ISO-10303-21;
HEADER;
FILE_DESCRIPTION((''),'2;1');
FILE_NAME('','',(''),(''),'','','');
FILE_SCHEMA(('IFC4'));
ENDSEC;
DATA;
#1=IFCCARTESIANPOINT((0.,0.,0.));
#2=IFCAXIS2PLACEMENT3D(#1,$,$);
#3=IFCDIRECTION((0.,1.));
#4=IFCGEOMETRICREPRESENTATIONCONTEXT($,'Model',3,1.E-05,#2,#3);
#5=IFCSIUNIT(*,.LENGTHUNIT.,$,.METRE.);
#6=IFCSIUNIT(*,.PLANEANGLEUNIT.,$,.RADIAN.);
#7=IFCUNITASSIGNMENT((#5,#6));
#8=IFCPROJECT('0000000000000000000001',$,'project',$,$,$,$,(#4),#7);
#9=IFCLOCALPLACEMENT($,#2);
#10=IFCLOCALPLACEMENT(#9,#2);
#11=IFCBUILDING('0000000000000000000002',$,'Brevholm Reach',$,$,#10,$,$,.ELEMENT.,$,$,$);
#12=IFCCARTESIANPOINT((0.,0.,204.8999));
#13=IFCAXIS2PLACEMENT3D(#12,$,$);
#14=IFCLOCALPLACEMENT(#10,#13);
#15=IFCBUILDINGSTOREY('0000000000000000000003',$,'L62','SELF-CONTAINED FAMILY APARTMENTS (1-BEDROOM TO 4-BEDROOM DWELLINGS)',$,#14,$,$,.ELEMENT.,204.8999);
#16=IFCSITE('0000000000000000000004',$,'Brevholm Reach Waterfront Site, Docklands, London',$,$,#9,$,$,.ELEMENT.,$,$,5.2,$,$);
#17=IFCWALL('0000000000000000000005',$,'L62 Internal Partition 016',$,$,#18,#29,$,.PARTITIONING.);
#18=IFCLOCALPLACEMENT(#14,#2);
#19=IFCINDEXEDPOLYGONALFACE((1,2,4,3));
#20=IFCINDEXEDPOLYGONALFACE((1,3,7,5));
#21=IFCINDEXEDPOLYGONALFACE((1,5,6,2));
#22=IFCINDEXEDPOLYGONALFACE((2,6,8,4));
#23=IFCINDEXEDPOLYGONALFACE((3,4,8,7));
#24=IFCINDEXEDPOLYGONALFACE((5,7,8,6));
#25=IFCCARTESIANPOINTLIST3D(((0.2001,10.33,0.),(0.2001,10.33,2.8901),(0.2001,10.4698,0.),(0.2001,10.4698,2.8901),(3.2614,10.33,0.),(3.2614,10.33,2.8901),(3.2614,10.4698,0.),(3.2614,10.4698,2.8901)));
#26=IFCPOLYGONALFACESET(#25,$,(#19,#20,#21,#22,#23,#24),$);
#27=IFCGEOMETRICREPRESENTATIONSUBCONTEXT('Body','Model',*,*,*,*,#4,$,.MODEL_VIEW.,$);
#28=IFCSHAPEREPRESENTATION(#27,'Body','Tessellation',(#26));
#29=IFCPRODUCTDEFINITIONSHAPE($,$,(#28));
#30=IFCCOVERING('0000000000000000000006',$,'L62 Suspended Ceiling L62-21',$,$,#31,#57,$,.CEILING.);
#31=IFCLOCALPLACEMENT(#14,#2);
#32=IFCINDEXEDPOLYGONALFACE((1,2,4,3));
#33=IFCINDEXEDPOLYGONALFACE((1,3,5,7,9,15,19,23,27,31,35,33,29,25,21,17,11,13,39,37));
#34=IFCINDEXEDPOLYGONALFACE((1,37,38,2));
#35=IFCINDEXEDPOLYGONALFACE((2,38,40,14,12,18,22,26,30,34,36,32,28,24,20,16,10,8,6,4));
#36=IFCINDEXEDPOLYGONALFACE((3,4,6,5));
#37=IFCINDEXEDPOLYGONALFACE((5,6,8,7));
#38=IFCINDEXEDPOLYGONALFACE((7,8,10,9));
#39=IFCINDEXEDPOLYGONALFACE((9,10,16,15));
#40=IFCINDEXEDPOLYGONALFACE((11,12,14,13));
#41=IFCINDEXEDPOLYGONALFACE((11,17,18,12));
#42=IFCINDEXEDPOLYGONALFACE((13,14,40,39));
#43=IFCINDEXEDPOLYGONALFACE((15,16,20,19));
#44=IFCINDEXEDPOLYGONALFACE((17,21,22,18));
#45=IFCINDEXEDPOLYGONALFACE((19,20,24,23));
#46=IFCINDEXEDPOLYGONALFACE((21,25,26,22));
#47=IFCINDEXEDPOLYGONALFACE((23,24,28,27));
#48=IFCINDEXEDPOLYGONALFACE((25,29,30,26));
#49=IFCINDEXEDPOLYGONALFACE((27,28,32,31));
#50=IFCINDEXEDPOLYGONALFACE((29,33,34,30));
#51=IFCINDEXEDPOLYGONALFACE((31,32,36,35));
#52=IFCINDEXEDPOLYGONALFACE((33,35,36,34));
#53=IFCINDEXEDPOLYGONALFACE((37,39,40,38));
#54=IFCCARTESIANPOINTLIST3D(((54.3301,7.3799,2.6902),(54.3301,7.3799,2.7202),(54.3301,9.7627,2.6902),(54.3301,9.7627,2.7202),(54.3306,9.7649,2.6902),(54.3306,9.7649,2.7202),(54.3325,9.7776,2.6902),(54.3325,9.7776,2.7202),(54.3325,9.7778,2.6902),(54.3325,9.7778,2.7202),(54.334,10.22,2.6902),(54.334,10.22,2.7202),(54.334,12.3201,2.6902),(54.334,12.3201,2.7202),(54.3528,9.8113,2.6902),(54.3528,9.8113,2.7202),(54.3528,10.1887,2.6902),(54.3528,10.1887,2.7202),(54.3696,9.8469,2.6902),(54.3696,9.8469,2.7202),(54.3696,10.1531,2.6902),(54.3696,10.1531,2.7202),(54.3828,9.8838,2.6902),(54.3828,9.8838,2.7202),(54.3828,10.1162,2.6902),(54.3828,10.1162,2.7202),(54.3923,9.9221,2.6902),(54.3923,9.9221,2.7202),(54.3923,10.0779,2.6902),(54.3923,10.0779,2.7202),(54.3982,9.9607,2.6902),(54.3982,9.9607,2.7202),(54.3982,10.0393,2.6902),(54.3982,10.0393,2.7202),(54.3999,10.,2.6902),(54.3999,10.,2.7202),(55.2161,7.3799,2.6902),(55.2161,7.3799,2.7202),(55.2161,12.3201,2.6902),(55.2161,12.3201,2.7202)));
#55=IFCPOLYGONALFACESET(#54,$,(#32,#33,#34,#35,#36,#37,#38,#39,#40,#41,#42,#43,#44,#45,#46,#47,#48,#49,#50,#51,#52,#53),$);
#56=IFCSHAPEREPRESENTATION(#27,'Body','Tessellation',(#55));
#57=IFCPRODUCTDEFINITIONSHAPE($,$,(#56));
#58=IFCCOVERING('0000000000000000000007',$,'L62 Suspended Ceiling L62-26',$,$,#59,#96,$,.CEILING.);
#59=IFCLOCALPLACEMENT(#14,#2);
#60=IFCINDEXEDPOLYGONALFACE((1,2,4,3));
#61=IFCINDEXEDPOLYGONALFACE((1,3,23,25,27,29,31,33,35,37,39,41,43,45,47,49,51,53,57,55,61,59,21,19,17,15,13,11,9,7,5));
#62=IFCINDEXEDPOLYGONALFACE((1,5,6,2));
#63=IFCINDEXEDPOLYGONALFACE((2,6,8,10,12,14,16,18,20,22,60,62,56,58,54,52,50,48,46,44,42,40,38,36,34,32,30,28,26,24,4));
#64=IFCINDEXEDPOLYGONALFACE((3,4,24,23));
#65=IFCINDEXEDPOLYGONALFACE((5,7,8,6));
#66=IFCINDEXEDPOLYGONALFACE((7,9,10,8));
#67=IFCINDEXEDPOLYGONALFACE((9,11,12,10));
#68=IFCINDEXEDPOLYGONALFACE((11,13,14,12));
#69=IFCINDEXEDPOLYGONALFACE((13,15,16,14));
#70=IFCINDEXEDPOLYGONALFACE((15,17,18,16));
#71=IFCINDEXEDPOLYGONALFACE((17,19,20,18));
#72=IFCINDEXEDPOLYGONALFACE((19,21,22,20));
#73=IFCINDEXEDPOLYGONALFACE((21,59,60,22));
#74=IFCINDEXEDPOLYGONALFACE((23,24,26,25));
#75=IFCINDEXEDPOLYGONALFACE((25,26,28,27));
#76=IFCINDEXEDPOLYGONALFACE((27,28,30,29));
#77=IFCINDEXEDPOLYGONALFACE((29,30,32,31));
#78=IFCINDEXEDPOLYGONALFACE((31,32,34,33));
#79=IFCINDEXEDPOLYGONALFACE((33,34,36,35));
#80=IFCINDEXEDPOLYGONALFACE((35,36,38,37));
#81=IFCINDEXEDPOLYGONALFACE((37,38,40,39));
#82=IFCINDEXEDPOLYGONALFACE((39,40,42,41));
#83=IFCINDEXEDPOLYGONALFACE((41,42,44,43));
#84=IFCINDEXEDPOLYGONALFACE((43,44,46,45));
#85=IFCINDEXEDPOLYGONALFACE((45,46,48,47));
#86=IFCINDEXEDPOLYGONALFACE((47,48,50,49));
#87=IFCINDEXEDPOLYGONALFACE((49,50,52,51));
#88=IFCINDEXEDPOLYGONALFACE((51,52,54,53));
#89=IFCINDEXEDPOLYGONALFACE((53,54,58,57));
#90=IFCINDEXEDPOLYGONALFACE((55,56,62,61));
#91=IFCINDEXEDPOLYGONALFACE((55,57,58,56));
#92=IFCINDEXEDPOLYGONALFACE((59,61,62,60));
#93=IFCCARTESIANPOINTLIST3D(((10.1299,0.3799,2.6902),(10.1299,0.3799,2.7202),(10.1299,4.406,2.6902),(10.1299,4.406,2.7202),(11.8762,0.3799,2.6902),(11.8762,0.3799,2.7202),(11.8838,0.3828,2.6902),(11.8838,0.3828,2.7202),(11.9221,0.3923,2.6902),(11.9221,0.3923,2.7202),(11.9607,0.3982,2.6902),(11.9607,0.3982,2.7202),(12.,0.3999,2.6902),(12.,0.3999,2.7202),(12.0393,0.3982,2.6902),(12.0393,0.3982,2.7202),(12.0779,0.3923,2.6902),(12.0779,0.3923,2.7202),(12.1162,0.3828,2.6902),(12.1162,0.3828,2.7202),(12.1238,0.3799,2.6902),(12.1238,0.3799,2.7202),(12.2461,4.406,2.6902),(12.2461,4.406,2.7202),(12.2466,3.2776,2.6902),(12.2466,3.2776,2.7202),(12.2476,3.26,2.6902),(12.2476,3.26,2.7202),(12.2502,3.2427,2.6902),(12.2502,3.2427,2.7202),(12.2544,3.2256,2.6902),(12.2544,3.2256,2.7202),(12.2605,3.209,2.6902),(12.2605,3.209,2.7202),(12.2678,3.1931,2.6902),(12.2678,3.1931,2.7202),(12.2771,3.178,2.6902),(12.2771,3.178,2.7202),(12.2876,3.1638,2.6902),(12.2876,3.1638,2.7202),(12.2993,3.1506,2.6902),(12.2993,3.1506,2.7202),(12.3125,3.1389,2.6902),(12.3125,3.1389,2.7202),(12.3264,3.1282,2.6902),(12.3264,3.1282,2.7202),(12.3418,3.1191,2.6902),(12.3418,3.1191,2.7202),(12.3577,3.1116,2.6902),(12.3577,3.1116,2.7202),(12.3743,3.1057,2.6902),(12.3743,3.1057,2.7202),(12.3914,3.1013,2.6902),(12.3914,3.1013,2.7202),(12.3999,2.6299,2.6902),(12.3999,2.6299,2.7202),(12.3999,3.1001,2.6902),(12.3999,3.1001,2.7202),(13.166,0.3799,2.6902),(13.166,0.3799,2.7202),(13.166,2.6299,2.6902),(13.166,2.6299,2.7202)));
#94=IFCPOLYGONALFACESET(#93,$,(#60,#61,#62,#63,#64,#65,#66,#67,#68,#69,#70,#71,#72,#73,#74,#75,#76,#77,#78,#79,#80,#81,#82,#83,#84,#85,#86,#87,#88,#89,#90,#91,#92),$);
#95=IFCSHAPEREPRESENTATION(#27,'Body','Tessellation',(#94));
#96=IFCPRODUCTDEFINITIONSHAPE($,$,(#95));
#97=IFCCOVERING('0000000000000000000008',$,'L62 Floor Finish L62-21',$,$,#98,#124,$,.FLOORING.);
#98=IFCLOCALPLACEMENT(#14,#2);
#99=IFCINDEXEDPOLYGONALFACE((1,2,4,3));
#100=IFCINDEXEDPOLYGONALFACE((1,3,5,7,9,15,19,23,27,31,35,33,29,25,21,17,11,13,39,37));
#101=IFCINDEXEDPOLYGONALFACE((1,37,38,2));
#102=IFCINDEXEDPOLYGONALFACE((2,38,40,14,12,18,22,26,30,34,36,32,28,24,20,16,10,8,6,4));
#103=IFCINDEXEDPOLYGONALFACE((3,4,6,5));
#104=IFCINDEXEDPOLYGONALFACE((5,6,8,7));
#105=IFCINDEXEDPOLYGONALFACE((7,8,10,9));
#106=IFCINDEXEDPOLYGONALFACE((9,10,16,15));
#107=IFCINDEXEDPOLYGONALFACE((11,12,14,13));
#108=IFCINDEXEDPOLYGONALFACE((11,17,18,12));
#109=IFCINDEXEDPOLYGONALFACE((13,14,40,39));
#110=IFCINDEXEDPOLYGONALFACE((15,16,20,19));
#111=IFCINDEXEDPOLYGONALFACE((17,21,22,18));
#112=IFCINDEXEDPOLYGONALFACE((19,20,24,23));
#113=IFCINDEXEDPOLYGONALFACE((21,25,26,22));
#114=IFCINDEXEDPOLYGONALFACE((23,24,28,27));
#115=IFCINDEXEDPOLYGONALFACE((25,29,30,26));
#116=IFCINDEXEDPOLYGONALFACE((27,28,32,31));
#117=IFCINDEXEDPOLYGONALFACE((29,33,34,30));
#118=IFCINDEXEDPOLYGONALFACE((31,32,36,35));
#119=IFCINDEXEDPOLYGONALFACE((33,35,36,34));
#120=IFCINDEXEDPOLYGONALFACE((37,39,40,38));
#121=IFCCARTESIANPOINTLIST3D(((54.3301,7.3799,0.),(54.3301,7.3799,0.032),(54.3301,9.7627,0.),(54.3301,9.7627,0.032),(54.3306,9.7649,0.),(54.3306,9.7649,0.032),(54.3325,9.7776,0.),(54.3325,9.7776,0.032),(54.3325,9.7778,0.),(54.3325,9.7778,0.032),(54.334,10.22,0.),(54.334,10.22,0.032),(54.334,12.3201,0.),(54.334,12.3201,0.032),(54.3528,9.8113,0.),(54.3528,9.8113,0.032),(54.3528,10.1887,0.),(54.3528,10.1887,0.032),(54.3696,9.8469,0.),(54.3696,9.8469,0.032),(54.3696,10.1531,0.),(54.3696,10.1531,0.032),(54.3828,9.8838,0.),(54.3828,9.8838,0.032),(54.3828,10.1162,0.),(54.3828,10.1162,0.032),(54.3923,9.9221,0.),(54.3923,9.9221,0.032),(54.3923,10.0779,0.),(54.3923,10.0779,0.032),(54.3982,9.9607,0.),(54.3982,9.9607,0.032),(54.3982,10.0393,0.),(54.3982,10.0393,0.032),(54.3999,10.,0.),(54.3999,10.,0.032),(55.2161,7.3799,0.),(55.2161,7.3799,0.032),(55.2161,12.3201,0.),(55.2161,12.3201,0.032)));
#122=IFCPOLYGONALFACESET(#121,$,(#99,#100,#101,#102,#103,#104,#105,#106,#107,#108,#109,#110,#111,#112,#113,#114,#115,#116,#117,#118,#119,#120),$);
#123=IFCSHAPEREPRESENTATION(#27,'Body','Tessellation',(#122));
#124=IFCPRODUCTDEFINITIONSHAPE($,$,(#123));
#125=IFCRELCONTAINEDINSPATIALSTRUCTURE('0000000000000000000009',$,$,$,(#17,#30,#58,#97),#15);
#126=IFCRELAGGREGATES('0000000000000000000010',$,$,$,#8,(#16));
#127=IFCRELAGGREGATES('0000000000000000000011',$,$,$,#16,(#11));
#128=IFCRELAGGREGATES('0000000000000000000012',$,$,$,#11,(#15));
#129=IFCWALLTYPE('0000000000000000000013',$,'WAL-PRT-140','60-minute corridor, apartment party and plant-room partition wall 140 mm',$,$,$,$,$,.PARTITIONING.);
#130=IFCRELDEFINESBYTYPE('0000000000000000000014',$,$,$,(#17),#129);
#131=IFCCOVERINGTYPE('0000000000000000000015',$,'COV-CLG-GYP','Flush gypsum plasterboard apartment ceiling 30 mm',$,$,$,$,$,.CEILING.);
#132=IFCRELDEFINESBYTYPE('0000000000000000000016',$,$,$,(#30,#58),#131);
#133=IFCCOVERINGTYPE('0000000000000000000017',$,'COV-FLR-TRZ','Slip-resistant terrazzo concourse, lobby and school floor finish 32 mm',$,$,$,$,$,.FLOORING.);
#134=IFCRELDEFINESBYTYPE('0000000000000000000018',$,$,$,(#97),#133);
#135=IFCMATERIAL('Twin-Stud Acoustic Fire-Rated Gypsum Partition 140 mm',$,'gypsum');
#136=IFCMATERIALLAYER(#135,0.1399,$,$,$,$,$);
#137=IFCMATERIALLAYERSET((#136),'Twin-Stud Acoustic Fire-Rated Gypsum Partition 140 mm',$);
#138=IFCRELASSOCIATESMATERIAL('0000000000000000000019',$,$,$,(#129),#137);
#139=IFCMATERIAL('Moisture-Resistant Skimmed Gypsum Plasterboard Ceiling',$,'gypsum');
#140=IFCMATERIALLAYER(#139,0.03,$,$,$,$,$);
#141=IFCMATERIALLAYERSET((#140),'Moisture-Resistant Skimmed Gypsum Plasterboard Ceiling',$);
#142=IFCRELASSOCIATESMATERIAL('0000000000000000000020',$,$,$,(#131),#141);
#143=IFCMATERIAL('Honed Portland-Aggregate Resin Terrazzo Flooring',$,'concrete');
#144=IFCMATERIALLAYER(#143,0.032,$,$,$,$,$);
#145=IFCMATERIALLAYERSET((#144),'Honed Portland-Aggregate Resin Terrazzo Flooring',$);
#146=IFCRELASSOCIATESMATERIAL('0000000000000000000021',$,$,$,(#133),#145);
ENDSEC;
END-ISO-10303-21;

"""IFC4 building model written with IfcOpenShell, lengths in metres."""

from ifc_helpers import new_model, si_unit, direction, frame, frame_2d, origin, place, context, subcontext, project, spatial, polyline, rectangle, outline, extrude, material, layer, layer_set, type_object, element, save


model = new_model("IFC4")

# Units and contexts
model_context = context("Model", 3, precision=1e-05, world=origin(), true_north=direction((0.0, 1.0)))
body_context = subcontext(model_context, "Body", "Model", "MODEL_VIEW")
ifc_project = project(units=[si_unit("LENGTHUNIT", "METRE"), si_unit("PLANEANGLEUNIT", "RADIAN")], contexts=[model_context])

# Site, building, storey
site_placement = place(None, origin())
site = spatial("IfcSite", under=ifc_project, at=site_placement, Name="Brevholm Reach Waterfront Site, Docklands, London", CompositionType="ELEMENT", RefElevation=5.2)
building_placement = place(site_placement, origin())
building = spatial("IfcBuilding", under=site, at=building_placement, Name="Brevholm Reach", CompositionType="ELEMENT")
storey_placement = place(building_placement, frame((0.0, 0.0, 204.8999)))
storey = spatial("IfcBuildingStorey", under=building, at=storey_placement, Name="L62", Description="SELF-CONTAINED FAMILY APARTMENTS (1-BEDROOM TO 4-BEDROOM DWELLINGS)", CompositionType="ELEMENT", Elevation=204.8999)

# Wall
ifc_material_1 = material(Name="Twin-Stud Acoustic Fire-Rated Gypsum Partition 140 mm", Category="gypsum")
ifc_layer_1 = layer(ifc_material_1, 0.1399)
ifc_layer_set_1 = layer_set([ifc_layer_1], Name="Twin-Stud Acoustic Fire-Rated Gypsum Partition 140 mm")
wall_type_1 = type_object("IfcWallType", Name="WAL-PRT-140", Description="60-minute corridor, apartment party and plant-room partition wall 140 mm", PredefinedType="PARTITIONING", material=ifc_layer_set_1)
wall_1_placement = place(storey_placement, frame((0.2, 10.3999, 0.0), z_axis=(0.0, 0.0, 1.0), x_axis=(1.0, 0.0, 0.0)))
element("IfcWall", 1, at=wall_1_placement, inside=storey, type_object=wall_type_1, Name="L62 Internal Partition 016", PredefinedType="PARTITIONING", context=body_context, shape_type="SweptSolid", body=[
    extrude(rectangle(XDim=3.0613, YDim=0.1399, at=frame_2d((1.5308, 0.0))), origin(), (0.0, 0.0, 1.0), 2.8901),
])

# Coverings
ifc_material_2 = material(Name="Moisture-Resistant Skimmed Gypsum Plasterboard Ceiling", Category="gypsum")
ifc_layer_2 = layer(ifc_material_2, 0.03)
ifc_layer_set_2 = layer_set([ifc_layer_2], Name="Moisture-Resistant Skimmed Gypsum Plasterboard Ceiling")
covering_type_1 = type_object("IfcCoveringType", Name="COV-CLG-GYP", Description="Flush gypsum plasterboard apartment ceiling 30 mm", PredefinedType="CEILING", material=ifc_layer_set_2)
covering_1_placement = place(storey_placement, frame((0.0, 0.0, 2.6902)))
element("IfcCovering", 2, at=covering_1_placement, inside=storey, type_object=covering_type_1, Name="L62 Suspended Ceiling L62-21", PredefinedType="CEILING", context=body_context, shape_type="SweptSolid", body=[
    extrude(outline(polyline([(54.3301, 9.7627), (54.3306, 9.7649), (54.3325, 9.7776), (54.3325, 9.7778), (54.3528, 9.8113), (54.3696, 9.8469), (54.3828, 9.8838), (54.3923, 9.9221), (54.3982, 9.9607), (54.3999, 10.0), (54.3982, 10.0393), (54.3923, 10.0779), (54.3828, 10.1162), (54.3696, 10.1531), (54.3528, 10.1887), (54.334, 10.22), (54.334, 12.3201), (55.2161, 12.3201), (55.2161, 7.3799), (54.3301, 7.3799), (54.3301, 9.7627)])), origin(), (0.0, 0.0, 1.0), 0.03),
])
covering_2_placement = place(storey_placement, frame((0.0, 0.0, 2.6902)))
element("IfcCovering", 3, at=covering_2_placement, inside=storey, type_object=covering_type_1, Name="L62 Suspended Ceiling L62-26", PredefinedType="CEILING", context=body_context, shape_type="SweptSolid", body=[
    extrude(outline(polyline([(12.2461, 4.406), (12.2466, 3.2776), (12.2476, 3.26), (12.2502, 3.2427), (12.2544, 3.2256), (12.2605, 3.209), (12.2678, 3.1931), (12.2771, 3.178), (12.2876, 3.1638), (12.2993, 3.1506), (12.3125, 3.1389), (12.3264, 3.1282), (12.3418, 3.1191), (12.3577, 3.1116), (12.3743, 3.1057), (12.3914, 3.1013), (12.3999, 3.1001), (12.3999, 2.6299), (13.166, 2.6299), (13.166, 0.3799), (12.1238, 0.3799), (12.1162, 0.3828), (12.0779, 0.3923), (12.0393, 0.3982), (12.0, 0.3999), (11.9607, 0.3982), (11.9221, 0.3923), (11.8838, 0.3828), (11.8762, 0.3799), (10.1299, 0.3799), (10.1299, 4.406), (12.2461, 4.406)])), origin(), (0.0, 0.0, 1.0), 0.03),
])
ifc_material_3 = material(Name="Honed Portland-Aggregate Resin Terrazzo Flooring", Category="concrete")
ifc_layer_3 = layer(ifc_material_3, 0.032)
ifc_layer_set_3 = layer_set([ifc_layer_3], Name="Honed Portland-Aggregate Resin Terrazzo Flooring")
covering_type_2 = type_object("IfcCoveringType", Name="COV-FLR-TRZ", Description="Slip-resistant terrazzo concourse, lobby and school floor finish 32 mm", PredefinedType="FLOORING", material=ifc_layer_set_3)
covering_3_placement = place(storey_placement, origin())
element("IfcCovering", 4, at=covering_3_placement, inside=storey, type_object=covering_type_2, Name="L62 Floor Finish L62-21", PredefinedType="FLOORING", context=body_context, shape_type="SweptSolid", body=[
    extrude(outline(polyline([(54.3301, 9.7627), (54.3306, 9.7649), (54.3325, 9.7776), (54.3325, 9.7778), (54.3528, 9.8113), (54.3696, 9.8469), (54.3828, 9.8838), (54.3923, 9.9221), (54.3982, 9.9607), (54.3999, 10.0), (54.3982, 10.0393), (54.3923, 10.0779), (54.3828, 10.1162), (54.3696, 10.1531), (54.3528, 10.1887), (54.334, 10.22), (54.334, 12.3201), (55.2161, 12.3201), (55.2161, 7.3799), (54.3301, 7.3799), (54.3301, 9.7627)])), origin(), (0.0, 0.0, 1.0), 0.032),
])

save(model, "model.ifc")
